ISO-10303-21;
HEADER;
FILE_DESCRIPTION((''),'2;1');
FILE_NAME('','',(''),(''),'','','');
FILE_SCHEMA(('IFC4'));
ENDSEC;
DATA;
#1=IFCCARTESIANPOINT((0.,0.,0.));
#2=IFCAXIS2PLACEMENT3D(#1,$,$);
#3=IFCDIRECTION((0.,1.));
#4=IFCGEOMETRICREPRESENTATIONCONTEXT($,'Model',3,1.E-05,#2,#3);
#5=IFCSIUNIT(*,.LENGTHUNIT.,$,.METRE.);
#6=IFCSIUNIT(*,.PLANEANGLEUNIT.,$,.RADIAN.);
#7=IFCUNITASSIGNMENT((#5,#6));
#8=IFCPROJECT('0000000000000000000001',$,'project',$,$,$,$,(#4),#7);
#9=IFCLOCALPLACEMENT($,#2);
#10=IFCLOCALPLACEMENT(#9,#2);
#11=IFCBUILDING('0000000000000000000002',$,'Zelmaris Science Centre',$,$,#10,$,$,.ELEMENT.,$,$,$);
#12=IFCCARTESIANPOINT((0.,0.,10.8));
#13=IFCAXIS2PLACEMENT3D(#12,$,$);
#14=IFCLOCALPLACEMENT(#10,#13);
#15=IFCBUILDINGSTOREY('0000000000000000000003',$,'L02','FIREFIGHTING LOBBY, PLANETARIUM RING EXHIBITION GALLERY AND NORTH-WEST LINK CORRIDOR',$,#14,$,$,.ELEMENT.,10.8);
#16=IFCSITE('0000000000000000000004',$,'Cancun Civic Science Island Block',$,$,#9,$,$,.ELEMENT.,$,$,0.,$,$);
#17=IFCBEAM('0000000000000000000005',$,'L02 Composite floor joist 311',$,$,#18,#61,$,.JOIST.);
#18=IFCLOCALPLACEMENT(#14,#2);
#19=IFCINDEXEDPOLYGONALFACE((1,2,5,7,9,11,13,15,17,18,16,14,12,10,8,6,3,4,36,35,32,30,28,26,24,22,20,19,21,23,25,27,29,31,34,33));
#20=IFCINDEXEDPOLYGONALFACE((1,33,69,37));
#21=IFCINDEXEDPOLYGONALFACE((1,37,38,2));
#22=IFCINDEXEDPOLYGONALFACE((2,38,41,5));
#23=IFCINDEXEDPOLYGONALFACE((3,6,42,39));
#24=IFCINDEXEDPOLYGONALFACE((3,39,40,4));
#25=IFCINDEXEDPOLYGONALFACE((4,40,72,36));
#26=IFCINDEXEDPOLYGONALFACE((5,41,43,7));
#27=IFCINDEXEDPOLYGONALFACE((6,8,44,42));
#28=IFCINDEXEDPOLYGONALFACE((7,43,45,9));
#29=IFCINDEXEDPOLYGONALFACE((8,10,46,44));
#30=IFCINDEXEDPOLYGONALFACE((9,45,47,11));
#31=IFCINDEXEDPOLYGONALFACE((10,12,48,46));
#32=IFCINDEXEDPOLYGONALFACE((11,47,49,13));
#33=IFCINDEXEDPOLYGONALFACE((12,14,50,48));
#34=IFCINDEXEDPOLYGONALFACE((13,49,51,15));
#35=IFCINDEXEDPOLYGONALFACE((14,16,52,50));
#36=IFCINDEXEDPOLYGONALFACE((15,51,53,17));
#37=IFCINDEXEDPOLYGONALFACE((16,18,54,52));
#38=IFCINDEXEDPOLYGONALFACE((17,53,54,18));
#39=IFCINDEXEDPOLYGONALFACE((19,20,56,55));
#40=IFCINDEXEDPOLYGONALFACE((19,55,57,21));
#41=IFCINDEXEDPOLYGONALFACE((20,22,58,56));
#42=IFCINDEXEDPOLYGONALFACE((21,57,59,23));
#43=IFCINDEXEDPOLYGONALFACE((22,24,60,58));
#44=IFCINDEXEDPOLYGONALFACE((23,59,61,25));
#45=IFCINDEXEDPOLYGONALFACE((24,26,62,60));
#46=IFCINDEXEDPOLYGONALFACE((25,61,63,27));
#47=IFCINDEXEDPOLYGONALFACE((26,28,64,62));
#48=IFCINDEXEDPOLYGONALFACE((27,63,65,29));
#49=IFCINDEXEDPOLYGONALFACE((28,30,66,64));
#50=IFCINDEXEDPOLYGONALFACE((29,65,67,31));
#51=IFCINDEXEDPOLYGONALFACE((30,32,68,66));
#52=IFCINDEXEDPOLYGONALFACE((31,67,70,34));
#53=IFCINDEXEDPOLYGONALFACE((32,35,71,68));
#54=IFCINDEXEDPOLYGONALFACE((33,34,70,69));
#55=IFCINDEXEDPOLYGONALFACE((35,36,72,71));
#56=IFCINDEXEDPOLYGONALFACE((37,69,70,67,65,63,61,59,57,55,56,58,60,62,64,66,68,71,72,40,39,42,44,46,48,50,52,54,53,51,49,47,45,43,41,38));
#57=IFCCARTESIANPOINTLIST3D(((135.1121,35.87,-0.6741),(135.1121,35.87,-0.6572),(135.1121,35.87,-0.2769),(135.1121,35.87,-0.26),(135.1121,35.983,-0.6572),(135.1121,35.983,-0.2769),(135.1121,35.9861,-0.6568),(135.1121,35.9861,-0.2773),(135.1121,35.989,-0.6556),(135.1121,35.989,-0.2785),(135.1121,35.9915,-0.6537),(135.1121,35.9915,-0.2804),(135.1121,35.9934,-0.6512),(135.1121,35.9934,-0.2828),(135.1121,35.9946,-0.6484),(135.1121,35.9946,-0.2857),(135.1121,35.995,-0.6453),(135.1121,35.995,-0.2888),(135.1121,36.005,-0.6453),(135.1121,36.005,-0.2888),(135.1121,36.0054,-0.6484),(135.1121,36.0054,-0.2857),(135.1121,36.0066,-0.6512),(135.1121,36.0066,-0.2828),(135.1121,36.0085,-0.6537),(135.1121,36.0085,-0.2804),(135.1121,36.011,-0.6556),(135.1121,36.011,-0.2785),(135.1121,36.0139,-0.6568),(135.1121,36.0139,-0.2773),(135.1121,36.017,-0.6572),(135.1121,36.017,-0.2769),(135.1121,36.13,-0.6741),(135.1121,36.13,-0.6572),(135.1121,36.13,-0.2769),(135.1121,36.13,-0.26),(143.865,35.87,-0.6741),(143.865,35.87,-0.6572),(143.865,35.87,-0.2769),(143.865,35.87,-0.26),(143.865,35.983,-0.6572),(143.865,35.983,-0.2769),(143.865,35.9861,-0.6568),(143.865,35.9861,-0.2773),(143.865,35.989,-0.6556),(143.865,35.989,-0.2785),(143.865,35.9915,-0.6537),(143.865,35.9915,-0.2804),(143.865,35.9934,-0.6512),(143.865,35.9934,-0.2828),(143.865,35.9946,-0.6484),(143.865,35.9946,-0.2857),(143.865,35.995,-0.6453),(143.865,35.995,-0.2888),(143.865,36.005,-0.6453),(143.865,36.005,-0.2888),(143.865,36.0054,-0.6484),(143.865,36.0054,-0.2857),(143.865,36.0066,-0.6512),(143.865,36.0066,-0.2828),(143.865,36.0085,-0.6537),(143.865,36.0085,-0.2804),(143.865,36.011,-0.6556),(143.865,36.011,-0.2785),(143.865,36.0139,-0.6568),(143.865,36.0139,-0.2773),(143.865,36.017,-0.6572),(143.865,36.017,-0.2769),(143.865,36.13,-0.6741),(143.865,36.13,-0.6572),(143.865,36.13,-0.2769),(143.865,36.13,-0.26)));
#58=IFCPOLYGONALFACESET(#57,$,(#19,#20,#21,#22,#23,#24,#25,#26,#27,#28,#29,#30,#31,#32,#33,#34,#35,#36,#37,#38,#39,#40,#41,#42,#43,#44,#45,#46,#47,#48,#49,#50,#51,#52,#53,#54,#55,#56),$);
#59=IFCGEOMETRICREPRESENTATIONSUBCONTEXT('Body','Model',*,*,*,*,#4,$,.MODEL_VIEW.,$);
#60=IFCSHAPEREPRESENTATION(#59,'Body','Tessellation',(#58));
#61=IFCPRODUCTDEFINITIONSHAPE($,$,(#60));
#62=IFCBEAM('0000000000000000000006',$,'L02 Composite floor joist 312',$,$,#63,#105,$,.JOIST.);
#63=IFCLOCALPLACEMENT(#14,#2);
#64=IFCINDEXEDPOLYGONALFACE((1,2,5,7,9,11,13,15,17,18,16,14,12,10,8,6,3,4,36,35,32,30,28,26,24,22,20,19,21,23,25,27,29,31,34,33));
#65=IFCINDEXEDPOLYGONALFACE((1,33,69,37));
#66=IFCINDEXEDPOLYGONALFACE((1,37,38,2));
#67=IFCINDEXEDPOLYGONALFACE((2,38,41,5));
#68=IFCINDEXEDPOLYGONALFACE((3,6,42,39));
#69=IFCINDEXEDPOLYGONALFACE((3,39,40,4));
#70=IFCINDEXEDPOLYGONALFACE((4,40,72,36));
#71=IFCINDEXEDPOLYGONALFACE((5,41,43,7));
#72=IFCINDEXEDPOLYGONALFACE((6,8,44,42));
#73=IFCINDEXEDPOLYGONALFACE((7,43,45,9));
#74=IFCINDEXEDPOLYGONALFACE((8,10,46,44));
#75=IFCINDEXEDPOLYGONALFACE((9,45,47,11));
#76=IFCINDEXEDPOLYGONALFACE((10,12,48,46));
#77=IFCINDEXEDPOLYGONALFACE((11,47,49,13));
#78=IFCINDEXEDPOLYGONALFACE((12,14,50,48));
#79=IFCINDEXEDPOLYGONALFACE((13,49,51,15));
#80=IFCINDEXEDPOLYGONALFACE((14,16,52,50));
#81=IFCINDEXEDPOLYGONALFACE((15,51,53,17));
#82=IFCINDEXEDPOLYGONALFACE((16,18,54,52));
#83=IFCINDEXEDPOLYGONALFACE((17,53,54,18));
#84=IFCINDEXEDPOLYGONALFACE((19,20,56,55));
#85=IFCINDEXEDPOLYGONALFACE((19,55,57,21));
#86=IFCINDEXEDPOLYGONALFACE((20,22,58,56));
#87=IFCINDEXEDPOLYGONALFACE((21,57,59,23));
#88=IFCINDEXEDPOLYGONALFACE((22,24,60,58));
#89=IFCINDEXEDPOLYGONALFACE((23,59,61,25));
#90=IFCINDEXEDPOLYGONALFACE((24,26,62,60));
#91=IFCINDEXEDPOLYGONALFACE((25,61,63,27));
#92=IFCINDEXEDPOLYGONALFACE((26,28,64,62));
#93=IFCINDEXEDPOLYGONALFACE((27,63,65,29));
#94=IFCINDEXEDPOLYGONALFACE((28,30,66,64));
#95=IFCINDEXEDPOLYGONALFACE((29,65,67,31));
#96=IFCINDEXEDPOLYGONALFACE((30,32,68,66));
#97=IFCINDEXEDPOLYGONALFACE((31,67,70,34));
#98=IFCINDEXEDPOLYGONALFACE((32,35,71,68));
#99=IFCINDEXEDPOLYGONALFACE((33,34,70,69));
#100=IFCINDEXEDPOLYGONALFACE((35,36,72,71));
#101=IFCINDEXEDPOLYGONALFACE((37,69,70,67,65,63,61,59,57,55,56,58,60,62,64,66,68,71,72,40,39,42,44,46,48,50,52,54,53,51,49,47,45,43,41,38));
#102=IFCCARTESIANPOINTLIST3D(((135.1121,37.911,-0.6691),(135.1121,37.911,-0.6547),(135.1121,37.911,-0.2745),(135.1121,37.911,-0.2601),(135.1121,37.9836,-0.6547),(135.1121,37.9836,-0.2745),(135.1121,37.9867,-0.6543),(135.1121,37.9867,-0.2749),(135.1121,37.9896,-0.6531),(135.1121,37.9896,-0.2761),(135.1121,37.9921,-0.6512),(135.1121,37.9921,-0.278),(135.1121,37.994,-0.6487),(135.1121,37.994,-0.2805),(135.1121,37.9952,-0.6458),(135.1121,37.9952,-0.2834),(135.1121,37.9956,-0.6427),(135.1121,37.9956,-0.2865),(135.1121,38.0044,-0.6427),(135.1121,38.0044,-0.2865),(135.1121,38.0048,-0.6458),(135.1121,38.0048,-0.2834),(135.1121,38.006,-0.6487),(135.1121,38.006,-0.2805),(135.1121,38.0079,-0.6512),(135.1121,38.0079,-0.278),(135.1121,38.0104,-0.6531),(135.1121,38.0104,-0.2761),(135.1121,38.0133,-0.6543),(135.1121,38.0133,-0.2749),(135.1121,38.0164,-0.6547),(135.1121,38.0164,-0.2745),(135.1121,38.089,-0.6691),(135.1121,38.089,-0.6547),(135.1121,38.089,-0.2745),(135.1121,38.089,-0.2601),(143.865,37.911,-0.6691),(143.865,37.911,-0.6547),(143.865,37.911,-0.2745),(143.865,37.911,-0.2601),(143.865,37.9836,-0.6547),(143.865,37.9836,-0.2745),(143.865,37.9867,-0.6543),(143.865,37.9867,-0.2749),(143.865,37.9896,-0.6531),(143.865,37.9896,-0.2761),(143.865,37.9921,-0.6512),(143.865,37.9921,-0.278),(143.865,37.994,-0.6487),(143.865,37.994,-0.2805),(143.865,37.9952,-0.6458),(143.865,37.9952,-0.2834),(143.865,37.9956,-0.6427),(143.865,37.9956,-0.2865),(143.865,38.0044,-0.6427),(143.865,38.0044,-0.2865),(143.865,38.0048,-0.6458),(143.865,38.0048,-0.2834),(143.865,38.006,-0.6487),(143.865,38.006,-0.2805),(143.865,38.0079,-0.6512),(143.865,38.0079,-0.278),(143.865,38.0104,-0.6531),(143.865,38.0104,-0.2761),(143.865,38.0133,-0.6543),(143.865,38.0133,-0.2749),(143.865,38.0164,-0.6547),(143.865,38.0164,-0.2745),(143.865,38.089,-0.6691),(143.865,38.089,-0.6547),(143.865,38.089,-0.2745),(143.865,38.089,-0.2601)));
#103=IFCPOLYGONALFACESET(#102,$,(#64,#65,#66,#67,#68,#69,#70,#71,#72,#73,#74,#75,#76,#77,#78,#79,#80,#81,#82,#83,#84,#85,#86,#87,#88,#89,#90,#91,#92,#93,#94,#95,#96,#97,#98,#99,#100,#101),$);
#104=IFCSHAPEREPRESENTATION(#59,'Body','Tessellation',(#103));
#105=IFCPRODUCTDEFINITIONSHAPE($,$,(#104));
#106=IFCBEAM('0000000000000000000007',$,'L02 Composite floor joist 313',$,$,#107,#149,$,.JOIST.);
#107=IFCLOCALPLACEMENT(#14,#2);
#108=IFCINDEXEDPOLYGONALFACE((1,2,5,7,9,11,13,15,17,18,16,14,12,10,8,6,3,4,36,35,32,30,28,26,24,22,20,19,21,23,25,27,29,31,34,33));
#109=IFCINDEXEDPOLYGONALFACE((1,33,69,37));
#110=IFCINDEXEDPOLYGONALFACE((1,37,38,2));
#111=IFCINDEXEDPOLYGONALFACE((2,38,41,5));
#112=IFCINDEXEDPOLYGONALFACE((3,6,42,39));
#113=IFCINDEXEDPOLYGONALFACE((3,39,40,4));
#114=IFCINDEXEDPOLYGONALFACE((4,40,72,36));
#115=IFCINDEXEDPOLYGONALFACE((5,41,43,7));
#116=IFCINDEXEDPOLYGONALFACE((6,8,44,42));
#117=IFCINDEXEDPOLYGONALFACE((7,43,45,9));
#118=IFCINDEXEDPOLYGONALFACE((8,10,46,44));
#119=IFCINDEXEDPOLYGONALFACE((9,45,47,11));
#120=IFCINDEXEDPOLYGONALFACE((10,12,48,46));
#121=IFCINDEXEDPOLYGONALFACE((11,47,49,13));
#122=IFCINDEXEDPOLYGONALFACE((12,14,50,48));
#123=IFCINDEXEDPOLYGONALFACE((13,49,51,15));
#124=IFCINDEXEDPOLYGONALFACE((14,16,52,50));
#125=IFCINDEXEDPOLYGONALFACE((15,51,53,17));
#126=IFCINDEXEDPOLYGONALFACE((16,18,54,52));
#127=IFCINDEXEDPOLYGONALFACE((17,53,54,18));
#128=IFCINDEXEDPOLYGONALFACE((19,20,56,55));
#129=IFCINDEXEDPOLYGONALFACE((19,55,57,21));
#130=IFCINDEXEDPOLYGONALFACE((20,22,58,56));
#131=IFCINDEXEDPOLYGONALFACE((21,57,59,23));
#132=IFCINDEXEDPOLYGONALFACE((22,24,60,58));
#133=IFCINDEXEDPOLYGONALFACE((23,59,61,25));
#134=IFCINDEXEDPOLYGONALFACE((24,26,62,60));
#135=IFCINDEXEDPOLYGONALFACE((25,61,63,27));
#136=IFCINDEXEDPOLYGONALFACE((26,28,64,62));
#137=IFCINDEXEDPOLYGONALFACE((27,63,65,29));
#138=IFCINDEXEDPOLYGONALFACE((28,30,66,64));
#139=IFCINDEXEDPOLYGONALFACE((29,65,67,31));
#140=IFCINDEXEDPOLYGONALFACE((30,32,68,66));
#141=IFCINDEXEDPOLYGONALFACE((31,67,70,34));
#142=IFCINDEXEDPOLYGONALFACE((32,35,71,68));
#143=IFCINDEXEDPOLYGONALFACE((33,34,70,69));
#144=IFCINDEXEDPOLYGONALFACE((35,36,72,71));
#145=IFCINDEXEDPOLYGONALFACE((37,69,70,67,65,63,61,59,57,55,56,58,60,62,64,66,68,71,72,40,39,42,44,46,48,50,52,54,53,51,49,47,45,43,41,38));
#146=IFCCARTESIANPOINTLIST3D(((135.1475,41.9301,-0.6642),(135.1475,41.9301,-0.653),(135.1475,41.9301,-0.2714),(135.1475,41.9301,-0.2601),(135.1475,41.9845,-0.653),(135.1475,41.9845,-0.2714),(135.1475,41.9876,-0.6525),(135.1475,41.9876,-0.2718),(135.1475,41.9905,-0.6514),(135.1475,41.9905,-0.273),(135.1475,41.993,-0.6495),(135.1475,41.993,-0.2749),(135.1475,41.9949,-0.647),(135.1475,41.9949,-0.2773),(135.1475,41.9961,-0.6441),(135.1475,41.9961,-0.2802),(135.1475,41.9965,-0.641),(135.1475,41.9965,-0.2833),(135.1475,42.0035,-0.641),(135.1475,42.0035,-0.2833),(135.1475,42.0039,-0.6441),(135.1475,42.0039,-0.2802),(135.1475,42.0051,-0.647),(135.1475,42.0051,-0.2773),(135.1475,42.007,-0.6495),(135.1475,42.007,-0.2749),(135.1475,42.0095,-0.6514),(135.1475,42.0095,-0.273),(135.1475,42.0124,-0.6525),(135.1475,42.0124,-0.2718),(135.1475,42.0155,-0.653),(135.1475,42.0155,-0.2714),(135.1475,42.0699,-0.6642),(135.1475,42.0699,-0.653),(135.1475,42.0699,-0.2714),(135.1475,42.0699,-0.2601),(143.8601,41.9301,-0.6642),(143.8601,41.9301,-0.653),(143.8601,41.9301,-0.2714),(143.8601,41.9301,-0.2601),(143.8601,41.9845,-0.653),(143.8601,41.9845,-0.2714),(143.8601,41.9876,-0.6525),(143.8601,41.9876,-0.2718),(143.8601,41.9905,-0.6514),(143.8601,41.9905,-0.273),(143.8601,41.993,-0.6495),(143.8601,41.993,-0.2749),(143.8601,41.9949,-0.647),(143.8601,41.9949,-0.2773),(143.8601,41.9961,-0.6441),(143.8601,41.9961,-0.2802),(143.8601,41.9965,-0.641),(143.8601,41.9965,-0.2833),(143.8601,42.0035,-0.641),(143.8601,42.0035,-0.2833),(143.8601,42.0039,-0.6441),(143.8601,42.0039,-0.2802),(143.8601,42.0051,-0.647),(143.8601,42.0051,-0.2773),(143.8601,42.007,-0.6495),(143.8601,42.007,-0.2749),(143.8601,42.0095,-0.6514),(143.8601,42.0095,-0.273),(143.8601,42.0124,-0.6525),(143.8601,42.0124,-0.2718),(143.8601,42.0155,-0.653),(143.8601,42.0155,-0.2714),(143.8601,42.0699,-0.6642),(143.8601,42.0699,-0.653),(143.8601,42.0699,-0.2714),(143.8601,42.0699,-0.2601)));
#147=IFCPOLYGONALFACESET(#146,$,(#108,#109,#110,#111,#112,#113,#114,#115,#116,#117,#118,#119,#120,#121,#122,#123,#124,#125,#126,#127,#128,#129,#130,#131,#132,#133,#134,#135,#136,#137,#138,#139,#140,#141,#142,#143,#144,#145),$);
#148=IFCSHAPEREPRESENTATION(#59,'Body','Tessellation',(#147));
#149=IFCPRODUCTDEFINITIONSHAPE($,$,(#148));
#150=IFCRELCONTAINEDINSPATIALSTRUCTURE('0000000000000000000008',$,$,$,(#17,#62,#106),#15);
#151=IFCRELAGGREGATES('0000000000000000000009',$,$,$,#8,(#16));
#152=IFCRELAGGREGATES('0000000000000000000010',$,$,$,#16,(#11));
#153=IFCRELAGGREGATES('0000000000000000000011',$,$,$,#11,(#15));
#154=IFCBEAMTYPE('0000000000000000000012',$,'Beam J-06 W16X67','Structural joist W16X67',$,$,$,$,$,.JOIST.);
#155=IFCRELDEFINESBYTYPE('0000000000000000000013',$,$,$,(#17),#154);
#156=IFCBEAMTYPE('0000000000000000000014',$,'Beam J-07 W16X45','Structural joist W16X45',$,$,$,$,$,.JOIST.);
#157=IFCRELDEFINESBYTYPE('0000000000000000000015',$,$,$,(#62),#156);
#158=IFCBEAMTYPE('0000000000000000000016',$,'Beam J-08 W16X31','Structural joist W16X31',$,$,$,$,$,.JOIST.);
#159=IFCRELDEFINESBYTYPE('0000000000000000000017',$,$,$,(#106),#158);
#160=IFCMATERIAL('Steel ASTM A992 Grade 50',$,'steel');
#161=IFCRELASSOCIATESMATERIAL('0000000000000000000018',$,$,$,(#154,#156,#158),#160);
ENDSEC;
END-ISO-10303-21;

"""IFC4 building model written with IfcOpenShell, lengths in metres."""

from ifc_helpers import new_model, si_unit, direction, frame, origin, origin_2d, place, context, subcontext, project, spatial, i_section, extrude, material, material_profile, profile_set, type_object, element, save


model = new_model("IFC4")

# Units and contexts
model_context = context("Model", 3, precision=1e-05, world=origin(), true_north=direction((0.0, 1.0)))
body_context = subcontext(model_context, "Body", "Model", "MODEL_VIEW")
ifc_project = project(units=[si_unit("LENGTHUNIT", "METRE"), si_unit("PLANEANGLEUNIT", "RADIAN")], contexts=[model_context])

# Site, building, storey
site_placement = place(None, origin())
site = spatial("IfcSite", under=ifc_project, at=site_placement, Name="Cancun Civic Science Island Block", CompositionType="ELEMENT", RefElevation=0.0)
building_placement = place(site_placement, origin())
building = spatial("IfcBuilding", under=site, at=building_placement, Name="Zelmaris Science Centre", CompositionType="ELEMENT")
storey_placement = place(building_placement, frame((0.0, 0.0, 10.8)))
storey = spatial("IfcBuildingStorey", under=building, at=storey_placement, Name="L02", Description="FIREFIGHTING LOBBY, PLANETARIUM RING EXHIBITION GALLERY AND NORTH-WEST LINK CORRIDOR", CompositionType="ELEMENT", Elevation=10.8)

# Shared definitions
ifc_material_1 = material(Name="Steel ASTM A992 Grade 50", Category="steel")

# Beams
ifc_material_profile_1 = material_profile(ifc_material_1, i_section(OverallWidth=0.26, OverallDepth=0.4141, WebThickness=0.01, FlangeThickness=0.0168, FilletRadius=0.012, at=origin_2d()), Name="W16X67")
ifc_profile_set_1 = profile_set([ifc_material_profile_1], Name="Steel ASTM A992 Grade 50")
beam_type_1 = type_object("IfcBeamType", Name="Beam J-06 W16X67", Description="Structural joist W16X67", PredefinedType="JOIST", material=ifc_profile_set_1)
beam_1_placement = place(storey_placement, frame((135.1121, 36.0, -0.467), z_axis=(1.0, 0.0, 0.0), x_axis=(0.0, 1.0, 0.0)))
element("IfcBeam", 1, at=beam_1_placement, inside=storey, type_object=beam_type_1, Name="L02 Composite floor joist 311", PredefinedType="JOIST", context=body_context, shape_type="SweptSolid", body=[
    extrude(i_section(OverallWidth=0.26, OverallDepth=0.4141, WebThickness=0.01, FlangeThickness=0.0168, FilletRadius=0.012, at=origin_2d()), origin(), (0.0, 0.0, 1.0), 8.7529),
])
ifc_material_profile_2 = material_profile(ifc_material_1, i_section(OverallWidth=0.178, OverallDepth=0.4089, WebThickness=0.0088, FlangeThickness=0.0144, FilletRadius=0.012, at=origin_2d()), Name="W16X45")
ifc_profile_set_2 = profile_set([ifc_material_profile_2], Name="Steel ASTM A992 Grade 50")
beam_type_2 = type_object("IfcBeamType", Name="Beam J-07 W16X45", Description="Structural joist W16X45", PredefinedType="JOIST", material=ifc_profile_set_2)
beam_2_placement = place(storey_placement, frame((135.1121, 38.0, -0.4646), z_axis=(1.0, 0.0, 0.0), x_axis=(0.0, 1.0, 0.0)))
element("IfcBeam", 2, at=beam_2_placement, inside=storey, type_object=beam_type_2, Name="L02 Composite floor joist 312", PredefinedType="JOIST", context=body_context, shape_type="SweptSolid", body=[
    extrude(i_section(OverallWidth=0.178, OverallDepth=0.4089, WebThickness=0.0088, FlangeThickness=0.0144, FilletRadius=0.012, at=origin_2d()), origin(), (0.0, 0.0, 1.0), 8.7529),
])
ifc_material_profile_3 = material_profile(ifc_material_1, i_section(OverallWidth=0.1399, OverallDepth=0.4041, WebThickness=0.0071, FlangeThickness=0.0112, FilletRadius=0.012, at=origin_2d()), Name="W16X31")
ifc_profile_set_3 = profile_set([ifc_material_profile_3], Name="Steel ASTM A992 Grade 50")
beam_type_3 = type_object("IfcBeamType", Name="Beam J-08 W16X31", Description="Structural joist W16X31", PredefinedType="JOIST", material=ifc_profile_set_3)
beam_3_placement = place(storey_placement, frame((135.1475, 42.0, -0.4622), z_axis=(1.0, 0.0, 0.0), x_axis=(0.0, 1.0, 0.0)))
element("IfcBeam", 3, at=beam_3_placement, inside=storey, type_object=beam_type_3, Name="L02 Composite floor joist 313", PredefinedType="JOIST", context=body_context, shape_type="SweptSolid", body=[
    extrude(i_section(OverallWidth=0.1399, OverallDepth=0.4041, WebThickness=0.0071, FlangeThickness=0.0112, FilletRadius=0.012, at=origin_2d()), origin(), (0.0, 0.0, 1.0), 8.7126),
])

save(model, "model.ifc")
